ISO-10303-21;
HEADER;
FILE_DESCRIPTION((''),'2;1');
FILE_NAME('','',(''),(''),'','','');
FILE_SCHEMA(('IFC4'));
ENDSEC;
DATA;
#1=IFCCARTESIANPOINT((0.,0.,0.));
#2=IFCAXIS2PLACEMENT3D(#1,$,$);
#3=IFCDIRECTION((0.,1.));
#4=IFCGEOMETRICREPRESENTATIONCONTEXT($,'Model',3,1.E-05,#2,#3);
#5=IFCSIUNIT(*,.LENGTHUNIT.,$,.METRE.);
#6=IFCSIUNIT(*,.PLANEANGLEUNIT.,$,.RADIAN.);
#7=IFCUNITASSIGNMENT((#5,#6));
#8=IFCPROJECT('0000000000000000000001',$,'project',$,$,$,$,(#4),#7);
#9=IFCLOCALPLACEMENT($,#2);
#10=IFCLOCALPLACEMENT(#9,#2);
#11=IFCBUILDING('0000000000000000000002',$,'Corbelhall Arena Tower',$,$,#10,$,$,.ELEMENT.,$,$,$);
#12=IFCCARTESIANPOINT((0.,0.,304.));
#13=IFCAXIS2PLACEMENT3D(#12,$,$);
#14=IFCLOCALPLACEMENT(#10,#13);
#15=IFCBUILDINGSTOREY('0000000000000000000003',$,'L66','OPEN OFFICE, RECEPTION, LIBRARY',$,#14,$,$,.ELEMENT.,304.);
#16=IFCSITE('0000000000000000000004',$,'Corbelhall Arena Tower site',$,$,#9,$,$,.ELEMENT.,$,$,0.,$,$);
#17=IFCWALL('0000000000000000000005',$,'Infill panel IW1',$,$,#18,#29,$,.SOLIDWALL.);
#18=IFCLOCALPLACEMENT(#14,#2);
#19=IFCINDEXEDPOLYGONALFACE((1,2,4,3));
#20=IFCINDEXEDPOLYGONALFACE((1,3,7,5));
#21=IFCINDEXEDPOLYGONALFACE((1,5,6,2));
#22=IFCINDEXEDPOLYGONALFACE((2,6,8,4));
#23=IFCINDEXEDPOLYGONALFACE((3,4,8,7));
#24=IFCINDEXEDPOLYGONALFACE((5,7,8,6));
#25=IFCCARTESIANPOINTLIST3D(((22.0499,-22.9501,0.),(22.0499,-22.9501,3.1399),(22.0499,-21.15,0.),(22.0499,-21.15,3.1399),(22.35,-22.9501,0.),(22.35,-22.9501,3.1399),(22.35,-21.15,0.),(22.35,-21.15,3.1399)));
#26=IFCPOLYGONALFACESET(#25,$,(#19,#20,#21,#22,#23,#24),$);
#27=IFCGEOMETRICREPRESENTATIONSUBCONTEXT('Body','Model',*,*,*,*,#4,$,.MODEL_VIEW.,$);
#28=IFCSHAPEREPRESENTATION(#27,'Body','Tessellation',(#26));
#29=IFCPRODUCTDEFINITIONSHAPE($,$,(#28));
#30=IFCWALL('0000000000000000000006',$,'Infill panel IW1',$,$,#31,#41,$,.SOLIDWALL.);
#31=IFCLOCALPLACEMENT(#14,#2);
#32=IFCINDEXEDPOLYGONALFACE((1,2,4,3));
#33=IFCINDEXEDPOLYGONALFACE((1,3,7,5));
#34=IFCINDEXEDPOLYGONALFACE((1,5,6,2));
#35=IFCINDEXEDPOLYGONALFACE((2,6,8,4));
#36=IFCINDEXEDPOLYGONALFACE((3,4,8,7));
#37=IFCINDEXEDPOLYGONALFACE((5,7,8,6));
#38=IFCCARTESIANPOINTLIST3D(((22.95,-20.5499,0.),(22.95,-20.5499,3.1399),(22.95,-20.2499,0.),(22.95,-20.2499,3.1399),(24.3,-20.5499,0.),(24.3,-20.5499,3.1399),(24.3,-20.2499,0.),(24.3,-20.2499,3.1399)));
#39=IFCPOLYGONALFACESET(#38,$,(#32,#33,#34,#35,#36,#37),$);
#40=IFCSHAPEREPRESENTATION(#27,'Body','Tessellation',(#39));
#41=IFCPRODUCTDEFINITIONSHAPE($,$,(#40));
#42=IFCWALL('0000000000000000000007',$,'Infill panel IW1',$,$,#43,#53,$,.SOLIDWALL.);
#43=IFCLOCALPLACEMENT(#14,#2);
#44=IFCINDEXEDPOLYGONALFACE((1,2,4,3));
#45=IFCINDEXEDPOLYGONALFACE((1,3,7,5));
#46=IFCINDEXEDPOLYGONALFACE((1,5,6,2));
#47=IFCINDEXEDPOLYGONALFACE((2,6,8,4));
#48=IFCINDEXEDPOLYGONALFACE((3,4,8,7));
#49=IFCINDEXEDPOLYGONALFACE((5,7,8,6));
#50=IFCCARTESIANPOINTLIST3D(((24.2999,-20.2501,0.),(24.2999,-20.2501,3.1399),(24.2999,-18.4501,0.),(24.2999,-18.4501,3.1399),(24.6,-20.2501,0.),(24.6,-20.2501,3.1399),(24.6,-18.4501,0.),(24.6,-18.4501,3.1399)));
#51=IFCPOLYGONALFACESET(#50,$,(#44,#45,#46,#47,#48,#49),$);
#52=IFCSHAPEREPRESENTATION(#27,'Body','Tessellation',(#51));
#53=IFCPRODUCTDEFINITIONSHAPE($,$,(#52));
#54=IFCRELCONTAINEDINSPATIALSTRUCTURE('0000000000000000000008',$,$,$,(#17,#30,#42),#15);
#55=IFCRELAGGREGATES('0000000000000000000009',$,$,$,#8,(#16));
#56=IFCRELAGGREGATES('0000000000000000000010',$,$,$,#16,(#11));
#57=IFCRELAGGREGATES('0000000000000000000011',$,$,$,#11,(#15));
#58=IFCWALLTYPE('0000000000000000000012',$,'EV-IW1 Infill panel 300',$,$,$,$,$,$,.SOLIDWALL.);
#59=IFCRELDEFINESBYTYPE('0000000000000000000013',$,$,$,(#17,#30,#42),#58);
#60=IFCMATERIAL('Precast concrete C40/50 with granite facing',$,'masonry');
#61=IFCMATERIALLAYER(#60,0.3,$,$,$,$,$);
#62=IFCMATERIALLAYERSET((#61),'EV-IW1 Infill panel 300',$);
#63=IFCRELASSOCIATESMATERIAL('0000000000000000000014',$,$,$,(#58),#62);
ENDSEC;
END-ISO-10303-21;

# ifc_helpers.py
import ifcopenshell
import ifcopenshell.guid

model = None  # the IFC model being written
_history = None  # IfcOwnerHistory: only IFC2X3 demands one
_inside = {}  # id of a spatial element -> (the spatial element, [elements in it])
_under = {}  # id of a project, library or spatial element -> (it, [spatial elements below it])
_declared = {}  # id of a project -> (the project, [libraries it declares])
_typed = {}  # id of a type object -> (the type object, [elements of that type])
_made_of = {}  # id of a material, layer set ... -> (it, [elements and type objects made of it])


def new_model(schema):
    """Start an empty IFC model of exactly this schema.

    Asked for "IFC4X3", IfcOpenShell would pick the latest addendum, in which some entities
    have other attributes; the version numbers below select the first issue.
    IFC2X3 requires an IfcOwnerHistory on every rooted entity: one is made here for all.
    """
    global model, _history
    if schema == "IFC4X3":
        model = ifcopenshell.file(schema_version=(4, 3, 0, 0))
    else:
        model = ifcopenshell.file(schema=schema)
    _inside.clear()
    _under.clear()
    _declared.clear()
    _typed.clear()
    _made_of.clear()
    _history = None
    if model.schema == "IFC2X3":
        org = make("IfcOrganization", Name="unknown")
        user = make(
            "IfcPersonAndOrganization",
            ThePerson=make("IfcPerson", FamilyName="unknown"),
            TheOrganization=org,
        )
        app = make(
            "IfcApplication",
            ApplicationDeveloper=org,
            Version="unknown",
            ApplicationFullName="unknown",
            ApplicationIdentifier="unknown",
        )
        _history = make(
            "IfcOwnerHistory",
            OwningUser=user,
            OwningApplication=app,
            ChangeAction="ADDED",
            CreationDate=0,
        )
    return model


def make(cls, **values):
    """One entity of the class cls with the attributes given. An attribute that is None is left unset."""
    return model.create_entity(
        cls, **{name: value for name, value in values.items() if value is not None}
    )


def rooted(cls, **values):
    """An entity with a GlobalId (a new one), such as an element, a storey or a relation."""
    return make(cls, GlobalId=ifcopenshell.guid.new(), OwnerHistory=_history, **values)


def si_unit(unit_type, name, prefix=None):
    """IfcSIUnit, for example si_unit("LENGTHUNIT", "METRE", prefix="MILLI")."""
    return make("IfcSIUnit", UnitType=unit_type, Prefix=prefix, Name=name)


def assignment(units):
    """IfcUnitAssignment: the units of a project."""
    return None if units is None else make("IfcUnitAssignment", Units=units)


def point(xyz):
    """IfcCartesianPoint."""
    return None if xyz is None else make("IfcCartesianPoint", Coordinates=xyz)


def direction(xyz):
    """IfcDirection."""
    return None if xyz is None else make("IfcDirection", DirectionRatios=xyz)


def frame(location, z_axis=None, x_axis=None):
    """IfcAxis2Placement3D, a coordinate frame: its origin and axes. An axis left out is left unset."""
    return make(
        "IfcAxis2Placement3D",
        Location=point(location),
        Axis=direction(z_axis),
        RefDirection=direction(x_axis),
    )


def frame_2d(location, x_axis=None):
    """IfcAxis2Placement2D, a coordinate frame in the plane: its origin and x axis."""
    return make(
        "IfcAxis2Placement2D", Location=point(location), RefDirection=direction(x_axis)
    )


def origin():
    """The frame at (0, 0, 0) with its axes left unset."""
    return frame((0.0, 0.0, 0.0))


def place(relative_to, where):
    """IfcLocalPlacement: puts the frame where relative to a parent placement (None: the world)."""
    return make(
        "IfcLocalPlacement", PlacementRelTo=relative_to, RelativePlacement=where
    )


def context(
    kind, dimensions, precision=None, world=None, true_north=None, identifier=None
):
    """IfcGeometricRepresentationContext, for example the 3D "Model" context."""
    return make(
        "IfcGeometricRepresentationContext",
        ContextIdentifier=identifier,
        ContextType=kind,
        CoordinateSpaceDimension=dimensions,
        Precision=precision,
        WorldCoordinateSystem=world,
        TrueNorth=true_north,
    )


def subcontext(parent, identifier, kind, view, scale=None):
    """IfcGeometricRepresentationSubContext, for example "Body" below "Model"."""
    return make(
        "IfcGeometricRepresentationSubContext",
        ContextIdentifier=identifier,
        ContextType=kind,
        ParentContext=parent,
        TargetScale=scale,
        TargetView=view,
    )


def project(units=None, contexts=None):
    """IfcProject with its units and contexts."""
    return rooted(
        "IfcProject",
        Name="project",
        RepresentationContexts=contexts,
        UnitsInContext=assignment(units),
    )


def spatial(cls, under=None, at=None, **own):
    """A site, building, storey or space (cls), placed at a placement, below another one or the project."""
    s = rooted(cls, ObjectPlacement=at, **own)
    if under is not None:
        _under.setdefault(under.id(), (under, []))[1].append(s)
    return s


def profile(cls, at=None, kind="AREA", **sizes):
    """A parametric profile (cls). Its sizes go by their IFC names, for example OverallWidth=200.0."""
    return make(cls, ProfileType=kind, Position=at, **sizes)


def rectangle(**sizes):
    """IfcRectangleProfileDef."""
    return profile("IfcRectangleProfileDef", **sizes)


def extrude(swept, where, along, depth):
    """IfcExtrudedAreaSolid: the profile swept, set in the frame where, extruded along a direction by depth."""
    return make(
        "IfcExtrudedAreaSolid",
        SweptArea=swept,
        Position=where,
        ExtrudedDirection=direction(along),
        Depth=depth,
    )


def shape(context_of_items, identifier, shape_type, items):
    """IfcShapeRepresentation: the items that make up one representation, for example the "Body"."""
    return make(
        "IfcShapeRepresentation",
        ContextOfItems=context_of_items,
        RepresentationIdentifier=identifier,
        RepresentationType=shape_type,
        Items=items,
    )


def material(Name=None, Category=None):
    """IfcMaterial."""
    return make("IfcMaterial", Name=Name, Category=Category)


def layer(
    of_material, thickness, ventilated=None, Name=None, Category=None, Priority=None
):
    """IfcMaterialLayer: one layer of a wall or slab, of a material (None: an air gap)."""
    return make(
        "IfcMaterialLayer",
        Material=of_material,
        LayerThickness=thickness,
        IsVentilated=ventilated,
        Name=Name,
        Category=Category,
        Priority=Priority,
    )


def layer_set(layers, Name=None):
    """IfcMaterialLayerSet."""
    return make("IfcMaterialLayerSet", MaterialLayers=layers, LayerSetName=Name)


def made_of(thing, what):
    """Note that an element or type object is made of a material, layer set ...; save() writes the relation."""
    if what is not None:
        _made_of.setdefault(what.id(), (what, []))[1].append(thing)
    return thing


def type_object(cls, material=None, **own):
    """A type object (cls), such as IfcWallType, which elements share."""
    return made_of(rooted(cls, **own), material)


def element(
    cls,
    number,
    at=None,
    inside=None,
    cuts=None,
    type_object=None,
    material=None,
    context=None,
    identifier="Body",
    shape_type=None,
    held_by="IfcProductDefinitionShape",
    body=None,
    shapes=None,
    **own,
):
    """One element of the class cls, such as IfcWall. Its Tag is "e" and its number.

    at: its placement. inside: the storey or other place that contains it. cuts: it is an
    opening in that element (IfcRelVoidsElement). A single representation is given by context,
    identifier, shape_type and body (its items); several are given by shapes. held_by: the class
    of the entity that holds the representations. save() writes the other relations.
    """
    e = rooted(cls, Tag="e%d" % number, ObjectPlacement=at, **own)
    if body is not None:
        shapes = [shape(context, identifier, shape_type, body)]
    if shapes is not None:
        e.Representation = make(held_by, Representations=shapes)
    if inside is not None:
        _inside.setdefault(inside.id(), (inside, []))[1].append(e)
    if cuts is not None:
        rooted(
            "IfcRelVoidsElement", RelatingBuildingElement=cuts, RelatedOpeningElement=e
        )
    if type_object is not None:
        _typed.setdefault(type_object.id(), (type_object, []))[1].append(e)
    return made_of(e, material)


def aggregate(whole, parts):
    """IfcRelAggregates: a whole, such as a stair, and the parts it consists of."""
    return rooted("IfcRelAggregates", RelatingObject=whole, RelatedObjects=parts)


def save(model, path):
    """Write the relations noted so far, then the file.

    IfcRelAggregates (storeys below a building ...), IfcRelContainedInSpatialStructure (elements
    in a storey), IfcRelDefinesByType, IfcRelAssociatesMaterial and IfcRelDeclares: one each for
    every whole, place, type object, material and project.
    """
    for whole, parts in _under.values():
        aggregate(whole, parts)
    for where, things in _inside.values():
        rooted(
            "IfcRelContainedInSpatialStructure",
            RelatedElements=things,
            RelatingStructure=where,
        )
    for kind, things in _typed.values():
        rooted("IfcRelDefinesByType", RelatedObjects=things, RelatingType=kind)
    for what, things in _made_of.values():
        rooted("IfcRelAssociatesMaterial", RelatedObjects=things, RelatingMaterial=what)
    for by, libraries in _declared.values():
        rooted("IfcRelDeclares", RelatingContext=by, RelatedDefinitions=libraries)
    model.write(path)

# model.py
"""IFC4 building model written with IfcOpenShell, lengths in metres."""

from ifc_helpers import new_model, si_unit, direction, frame, frame_2d, origin, place, context, subcontext, project, spatial, rectangle, extrude, material, layer, layer_set, type_object, element, save


model = new_model("IFC4")

# Units and contexts
model_context = context("Model", 3, precision=1e-05, world=origin(), true_north=direction((0.0, 1.0)))
body_context = subcontext(model_context, "Body", "Model", "MODEL_VIEW")
ifc_project = project(units=[si_unit("LENGTHUNIT", "METRE"), si_unit("PLANEANGLEUNIT", "RADIAN")], contexts=[model_context])

# Site, building, storey
site_placement = place(None, origin())
site = spatial("IfcSite", under=ifc_project, at=site_placement, Name="Corbelhall Arena Tower site", CompositionType="ELEMENT", RefElevation=0.0)
building_placement = place(site_placement, origin())
building = spatial("IfcBuilding", under=site, at=building_placement, Name="Corbelhall Arena Tower", CompositionType="ELEMENT")
storey_placement = place(building_placement, frame((0.0, 0.0, 304.0)))
storey = spatial("IfcBuildingStorey", under=building, at=storey_placement, Name="L66", Description="OPEN OFFICE, RECEPTION, LIBRARY", CompositionType="ELEMENT", Elevation=304.0)

# Shared definitions
ifc_material_1 = material(Name="Precast concrete C40/50 with granite facing", Category="masonry")
ifc_layer_1 = layer(ifc_material_1, 0.3)
ifc_layer_set_1 = layer_set([ifc_layer_1], Name="EV-IW1 Infill panel 300")
wall_type_1 = type_object("IfcWallType", Name="EV-IW1 Infill panel 300", PredefinedType="SOLIDWALL", material=ifc_layer_set_1)

# Walls
wall_1_placement = place(storey_placement, frame((22.2, -22.95, 0.0), z_axis=(0.0, 0.0, 1.0), x_axis=(0.0, 1.0, 0.0)))
element("IfcWall", 1, at=wall_1_placement, inside=storey, type_object=wall_type_1, Name="Infill panel IW1", PredefinedType="SOLIDWALL", context=body_context, shape_type="SweptSolid", body=[
    extrude(rectangle(XDim=1.8, YDim=0.3, at=frame_2d((0.8999, 0.0))), origin(), (0.0, 0.0, 1.0), 3.1399),
])
wall_2_placement = place(storey_placement, frame((22.95, -20.3999, 0.0), z_axis=(0.0, 0.0, 1.0), x_axis=(1.0, 0.0, 0.0)))
element("IfcWall", 2, at=wall_2_placement, inside=storey, type_object=wall_type_1, Name="Infill panel IW1", PredefinedType="SOLIDWALL", context=body_context, shape_type="SweptSolid", body=[
    extrude(rectangle(XDim=1.3501, YDim=0.3, at=frame_2d((0.675, 0.0))), origin(), (0.0, 0.0, 1.0), 3.1399),
])
wall_3_placement = place(storey_placement, frame((24.45, -20.25, 0.0), z_axis=(0.0, 0.0, 1.0), x_axis=(0.0, 1.0, 0.0)))
element("IfcWall", 3, at=wall_3_placement, inside=storey, type_object=wall_type_1, Name="Infill panel IW1", PredefinedType="SOLIDWALL", context=body_context, shape_type="SweptSolid", body=[
    extrude(rectangle(XDim=1.8, YDim=0.3, at=frame_2d((0.8999, 0.0))), origin(), (0.0, 0.0, 1.0), 3.1399),
])

save(model, "model.ifc")
